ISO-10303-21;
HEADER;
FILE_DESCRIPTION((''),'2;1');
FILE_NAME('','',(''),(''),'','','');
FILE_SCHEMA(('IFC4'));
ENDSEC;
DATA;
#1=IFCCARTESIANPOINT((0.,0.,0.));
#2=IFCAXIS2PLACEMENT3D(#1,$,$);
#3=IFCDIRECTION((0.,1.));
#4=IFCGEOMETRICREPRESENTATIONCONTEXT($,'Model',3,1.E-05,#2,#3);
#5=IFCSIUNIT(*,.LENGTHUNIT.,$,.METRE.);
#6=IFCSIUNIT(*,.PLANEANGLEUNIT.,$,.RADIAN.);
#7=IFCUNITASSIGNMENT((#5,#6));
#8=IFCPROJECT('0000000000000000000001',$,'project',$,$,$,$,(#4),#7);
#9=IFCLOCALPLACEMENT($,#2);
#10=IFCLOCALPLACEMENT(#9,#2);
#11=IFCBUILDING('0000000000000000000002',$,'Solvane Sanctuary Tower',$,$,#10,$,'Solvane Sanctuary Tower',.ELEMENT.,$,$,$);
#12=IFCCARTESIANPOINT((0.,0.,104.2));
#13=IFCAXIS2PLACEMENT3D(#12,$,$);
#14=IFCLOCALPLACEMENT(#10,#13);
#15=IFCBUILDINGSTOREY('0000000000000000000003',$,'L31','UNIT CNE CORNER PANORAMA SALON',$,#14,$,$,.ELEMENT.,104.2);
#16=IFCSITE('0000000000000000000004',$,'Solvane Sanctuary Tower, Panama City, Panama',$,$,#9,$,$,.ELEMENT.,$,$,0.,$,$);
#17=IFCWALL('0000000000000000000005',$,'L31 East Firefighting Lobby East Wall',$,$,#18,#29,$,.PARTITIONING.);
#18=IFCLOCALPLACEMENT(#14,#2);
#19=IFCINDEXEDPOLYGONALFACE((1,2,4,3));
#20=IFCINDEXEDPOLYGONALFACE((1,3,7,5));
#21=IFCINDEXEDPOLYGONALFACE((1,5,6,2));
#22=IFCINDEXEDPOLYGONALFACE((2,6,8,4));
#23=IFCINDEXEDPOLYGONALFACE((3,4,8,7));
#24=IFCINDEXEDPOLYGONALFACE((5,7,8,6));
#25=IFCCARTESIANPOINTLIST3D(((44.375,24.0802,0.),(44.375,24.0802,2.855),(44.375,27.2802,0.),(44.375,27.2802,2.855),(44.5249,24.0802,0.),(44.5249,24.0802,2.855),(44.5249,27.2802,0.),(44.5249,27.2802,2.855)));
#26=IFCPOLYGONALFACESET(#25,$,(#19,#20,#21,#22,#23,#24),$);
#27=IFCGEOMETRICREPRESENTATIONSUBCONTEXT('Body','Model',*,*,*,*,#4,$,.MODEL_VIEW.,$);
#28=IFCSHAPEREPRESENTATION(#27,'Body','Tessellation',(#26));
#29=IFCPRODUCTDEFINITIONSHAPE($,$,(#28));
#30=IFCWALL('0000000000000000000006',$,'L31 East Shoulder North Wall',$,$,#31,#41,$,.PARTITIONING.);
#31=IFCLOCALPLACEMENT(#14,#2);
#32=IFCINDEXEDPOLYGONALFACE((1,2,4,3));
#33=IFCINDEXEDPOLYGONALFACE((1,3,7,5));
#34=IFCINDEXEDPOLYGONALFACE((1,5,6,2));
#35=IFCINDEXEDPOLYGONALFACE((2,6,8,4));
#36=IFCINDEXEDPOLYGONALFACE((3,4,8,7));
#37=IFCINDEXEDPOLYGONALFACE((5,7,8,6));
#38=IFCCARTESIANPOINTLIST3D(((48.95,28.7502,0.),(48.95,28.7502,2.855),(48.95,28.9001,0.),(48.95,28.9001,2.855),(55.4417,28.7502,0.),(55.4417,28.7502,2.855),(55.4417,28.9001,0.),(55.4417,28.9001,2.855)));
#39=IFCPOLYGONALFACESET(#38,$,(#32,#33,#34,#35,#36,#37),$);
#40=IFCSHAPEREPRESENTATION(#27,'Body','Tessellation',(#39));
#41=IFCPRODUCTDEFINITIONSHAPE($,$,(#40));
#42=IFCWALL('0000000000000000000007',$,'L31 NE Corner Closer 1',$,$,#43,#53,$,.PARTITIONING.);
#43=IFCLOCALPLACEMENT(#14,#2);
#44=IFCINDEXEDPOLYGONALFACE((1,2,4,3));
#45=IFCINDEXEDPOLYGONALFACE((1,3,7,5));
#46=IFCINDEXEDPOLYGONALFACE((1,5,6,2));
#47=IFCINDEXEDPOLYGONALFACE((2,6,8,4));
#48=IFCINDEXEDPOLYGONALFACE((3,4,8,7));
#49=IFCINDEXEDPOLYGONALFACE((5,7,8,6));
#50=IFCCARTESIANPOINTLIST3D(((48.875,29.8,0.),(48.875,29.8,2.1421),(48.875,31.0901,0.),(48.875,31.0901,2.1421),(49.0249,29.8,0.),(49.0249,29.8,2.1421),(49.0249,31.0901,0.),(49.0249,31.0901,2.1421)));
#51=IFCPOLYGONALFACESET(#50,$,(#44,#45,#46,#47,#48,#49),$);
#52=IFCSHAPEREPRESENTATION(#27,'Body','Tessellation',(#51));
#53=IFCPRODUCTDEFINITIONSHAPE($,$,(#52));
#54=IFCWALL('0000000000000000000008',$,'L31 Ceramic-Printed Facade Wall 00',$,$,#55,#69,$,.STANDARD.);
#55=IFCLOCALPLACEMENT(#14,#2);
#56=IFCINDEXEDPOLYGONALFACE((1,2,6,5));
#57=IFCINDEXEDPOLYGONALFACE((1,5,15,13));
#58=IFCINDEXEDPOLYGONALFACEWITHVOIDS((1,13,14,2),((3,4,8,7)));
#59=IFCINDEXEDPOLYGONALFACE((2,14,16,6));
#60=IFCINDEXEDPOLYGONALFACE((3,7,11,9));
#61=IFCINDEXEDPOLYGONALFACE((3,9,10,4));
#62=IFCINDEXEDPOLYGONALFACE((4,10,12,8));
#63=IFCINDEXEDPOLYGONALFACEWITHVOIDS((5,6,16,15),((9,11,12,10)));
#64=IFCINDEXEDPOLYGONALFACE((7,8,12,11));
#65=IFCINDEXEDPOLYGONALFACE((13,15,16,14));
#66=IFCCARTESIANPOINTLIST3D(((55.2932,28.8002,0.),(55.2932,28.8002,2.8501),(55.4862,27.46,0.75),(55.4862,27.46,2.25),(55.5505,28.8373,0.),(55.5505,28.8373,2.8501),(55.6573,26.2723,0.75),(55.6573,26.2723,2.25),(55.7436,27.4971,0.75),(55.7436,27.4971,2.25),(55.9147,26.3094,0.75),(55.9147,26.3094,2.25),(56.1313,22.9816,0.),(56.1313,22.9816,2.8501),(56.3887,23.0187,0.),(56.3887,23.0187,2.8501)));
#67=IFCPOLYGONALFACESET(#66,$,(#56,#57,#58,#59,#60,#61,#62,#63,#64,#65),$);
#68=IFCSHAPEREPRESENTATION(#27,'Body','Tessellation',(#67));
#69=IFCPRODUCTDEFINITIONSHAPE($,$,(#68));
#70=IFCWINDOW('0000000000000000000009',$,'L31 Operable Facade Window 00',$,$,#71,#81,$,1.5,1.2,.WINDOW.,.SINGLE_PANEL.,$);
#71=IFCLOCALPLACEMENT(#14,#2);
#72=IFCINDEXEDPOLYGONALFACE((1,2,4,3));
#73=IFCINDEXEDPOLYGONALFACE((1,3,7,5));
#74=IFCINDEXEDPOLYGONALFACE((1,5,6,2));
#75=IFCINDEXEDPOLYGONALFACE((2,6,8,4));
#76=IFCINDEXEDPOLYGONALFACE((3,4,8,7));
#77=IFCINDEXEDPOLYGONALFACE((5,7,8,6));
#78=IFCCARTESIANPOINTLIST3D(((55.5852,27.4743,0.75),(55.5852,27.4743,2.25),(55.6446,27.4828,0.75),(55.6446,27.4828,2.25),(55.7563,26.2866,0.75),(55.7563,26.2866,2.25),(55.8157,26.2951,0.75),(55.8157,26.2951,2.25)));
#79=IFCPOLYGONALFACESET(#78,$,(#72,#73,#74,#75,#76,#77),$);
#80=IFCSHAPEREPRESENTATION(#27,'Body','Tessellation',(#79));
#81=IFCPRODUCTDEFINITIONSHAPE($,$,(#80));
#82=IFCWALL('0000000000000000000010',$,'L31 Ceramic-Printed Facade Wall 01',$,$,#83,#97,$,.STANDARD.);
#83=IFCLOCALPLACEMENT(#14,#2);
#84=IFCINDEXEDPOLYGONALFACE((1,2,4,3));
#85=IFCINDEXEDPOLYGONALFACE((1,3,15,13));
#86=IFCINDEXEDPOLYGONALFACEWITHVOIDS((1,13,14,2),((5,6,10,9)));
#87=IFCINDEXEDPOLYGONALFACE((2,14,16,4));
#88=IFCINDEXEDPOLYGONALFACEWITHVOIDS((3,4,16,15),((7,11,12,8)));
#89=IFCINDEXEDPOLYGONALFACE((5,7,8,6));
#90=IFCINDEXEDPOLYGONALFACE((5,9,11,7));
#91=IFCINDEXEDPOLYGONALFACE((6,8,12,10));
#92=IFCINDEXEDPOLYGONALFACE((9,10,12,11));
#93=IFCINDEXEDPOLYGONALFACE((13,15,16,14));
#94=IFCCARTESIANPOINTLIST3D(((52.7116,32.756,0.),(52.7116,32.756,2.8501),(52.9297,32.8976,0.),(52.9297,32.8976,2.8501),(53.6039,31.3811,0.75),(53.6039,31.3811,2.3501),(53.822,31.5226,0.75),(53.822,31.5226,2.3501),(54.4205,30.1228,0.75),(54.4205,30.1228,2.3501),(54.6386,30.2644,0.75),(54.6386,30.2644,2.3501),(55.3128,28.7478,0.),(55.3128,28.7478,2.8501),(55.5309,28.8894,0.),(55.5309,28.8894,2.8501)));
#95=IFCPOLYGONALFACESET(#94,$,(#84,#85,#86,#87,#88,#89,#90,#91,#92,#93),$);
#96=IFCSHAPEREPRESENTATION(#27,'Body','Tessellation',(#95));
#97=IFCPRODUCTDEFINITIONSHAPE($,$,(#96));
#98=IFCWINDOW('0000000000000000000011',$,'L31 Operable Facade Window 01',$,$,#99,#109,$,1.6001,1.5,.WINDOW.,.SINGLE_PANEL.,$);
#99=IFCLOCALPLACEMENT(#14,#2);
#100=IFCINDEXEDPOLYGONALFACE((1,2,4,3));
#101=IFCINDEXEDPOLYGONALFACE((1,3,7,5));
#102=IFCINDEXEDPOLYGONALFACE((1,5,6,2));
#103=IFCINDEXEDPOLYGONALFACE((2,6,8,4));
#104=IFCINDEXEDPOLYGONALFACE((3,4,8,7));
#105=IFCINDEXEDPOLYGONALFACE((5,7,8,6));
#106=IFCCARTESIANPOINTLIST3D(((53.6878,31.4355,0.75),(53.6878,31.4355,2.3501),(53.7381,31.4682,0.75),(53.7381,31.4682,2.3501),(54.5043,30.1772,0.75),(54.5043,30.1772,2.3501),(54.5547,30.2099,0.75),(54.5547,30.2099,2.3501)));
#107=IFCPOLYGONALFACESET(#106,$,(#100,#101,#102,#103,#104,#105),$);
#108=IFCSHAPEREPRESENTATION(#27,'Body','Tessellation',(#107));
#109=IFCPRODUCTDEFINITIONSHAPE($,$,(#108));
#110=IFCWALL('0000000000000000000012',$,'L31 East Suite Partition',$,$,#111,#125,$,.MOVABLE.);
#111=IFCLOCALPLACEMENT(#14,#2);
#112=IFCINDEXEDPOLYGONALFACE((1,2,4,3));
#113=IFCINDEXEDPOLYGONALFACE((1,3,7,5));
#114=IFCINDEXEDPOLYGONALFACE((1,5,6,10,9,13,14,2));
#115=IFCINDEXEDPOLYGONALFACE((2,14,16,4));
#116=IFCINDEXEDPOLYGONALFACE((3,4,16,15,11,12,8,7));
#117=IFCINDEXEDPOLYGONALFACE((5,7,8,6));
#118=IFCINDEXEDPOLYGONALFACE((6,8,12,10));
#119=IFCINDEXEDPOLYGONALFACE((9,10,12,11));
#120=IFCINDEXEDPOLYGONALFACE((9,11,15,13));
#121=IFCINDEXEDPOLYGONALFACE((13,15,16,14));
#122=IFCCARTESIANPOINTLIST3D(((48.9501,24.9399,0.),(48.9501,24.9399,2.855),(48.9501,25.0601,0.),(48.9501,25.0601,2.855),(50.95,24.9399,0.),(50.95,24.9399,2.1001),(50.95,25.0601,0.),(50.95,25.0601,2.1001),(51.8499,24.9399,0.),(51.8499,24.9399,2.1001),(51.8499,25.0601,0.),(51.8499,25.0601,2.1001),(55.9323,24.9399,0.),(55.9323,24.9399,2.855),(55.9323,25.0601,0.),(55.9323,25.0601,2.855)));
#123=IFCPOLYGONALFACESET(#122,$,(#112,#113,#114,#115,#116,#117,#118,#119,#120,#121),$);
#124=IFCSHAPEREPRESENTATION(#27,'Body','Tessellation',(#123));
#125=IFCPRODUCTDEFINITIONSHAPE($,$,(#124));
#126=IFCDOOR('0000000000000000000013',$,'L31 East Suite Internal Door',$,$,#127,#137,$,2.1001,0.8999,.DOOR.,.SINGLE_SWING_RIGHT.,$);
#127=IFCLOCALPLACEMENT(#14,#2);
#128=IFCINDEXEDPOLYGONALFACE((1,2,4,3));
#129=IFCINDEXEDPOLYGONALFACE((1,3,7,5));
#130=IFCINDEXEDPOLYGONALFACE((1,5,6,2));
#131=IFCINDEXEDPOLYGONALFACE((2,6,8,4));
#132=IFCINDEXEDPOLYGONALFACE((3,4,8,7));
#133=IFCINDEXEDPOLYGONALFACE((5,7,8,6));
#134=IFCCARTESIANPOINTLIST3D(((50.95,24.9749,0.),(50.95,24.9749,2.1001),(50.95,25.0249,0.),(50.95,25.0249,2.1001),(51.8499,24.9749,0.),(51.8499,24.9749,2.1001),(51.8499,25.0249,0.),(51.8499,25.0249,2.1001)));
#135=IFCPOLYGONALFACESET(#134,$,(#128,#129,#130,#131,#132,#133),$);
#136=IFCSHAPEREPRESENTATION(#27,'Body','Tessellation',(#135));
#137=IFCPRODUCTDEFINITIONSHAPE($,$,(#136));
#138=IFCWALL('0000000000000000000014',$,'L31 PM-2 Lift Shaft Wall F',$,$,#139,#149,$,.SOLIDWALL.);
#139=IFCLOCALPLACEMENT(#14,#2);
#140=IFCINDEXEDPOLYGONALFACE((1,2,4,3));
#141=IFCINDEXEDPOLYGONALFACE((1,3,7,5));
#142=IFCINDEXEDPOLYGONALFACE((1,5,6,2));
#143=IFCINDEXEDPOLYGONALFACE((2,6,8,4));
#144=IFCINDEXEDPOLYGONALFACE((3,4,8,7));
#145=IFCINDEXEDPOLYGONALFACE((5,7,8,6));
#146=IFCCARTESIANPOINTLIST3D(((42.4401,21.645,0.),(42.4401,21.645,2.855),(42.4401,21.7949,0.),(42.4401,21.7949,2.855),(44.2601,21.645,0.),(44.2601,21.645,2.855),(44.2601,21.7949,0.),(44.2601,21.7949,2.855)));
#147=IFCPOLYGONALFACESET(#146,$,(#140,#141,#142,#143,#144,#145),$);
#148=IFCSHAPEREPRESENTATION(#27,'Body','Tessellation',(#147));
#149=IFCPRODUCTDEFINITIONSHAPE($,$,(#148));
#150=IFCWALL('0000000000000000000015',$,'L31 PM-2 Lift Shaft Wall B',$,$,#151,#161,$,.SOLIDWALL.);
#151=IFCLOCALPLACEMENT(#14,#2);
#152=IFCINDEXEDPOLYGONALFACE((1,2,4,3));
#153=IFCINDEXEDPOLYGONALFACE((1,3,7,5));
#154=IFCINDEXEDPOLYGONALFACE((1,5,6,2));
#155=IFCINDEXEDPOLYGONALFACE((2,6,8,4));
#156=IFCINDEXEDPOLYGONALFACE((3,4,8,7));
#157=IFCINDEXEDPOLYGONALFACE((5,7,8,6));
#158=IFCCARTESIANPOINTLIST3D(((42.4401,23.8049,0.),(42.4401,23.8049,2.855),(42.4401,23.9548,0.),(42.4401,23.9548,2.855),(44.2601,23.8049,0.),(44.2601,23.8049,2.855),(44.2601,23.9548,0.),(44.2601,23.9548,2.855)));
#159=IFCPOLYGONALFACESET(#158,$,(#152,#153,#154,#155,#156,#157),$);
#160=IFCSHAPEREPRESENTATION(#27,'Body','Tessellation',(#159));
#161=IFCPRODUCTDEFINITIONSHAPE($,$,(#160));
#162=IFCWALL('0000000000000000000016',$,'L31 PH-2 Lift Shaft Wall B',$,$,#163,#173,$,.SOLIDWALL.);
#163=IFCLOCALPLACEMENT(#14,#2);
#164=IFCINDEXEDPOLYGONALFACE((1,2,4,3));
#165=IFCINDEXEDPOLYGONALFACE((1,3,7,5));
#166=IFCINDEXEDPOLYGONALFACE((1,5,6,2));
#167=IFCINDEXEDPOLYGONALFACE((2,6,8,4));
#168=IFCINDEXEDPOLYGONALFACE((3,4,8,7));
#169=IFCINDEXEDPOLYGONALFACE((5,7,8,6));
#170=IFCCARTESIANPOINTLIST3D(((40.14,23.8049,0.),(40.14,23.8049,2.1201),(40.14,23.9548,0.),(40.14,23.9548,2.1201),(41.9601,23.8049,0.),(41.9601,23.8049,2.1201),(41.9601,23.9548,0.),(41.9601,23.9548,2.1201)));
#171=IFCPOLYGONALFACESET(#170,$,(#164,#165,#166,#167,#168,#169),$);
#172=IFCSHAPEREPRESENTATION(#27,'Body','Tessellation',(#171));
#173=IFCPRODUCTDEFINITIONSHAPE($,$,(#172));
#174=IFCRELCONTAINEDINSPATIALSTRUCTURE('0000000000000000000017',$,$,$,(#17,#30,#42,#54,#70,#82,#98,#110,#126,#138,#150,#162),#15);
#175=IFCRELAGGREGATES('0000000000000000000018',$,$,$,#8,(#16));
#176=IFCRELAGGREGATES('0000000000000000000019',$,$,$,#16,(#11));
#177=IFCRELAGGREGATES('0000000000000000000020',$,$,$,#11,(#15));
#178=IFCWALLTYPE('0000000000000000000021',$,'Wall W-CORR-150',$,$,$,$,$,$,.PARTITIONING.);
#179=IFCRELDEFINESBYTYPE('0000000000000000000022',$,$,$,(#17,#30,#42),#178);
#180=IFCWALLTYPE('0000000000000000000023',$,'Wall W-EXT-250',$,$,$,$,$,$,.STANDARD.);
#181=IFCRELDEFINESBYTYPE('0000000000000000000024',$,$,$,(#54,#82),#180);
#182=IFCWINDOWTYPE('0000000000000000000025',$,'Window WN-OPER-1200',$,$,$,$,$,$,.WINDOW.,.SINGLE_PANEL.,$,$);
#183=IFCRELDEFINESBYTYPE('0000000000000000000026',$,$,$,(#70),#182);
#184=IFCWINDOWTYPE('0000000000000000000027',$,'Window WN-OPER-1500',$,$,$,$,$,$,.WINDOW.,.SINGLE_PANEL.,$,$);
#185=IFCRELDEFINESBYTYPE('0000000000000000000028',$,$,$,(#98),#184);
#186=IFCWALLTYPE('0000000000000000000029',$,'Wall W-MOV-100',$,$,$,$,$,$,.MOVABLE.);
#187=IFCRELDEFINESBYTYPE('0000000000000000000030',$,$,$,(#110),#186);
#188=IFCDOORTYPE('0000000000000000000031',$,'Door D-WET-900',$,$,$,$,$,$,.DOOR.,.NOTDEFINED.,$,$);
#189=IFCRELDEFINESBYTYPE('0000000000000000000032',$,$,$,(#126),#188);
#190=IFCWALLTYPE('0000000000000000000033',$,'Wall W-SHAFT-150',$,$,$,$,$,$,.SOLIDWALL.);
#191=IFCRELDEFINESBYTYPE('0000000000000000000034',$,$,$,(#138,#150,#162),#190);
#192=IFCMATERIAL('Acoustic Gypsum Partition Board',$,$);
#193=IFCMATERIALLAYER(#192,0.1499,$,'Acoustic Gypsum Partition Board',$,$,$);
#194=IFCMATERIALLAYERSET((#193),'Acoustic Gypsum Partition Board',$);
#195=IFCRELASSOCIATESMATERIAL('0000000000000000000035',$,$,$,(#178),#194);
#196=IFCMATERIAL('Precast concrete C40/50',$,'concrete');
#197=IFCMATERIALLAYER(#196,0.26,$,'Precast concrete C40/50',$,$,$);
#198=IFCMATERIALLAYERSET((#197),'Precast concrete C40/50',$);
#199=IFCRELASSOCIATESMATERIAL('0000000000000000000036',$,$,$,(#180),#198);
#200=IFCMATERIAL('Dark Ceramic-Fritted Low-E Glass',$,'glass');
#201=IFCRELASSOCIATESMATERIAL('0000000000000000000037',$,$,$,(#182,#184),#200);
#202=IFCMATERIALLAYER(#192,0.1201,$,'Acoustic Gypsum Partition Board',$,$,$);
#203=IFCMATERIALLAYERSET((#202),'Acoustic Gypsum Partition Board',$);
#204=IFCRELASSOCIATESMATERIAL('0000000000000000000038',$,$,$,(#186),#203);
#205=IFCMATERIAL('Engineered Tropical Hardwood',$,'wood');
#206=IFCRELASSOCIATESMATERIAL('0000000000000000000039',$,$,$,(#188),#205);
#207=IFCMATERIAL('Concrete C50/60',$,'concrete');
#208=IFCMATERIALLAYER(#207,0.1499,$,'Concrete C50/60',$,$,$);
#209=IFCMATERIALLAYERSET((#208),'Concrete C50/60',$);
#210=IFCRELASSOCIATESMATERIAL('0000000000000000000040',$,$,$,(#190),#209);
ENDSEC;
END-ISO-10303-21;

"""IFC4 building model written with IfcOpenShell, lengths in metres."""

from ifc_helpers import new_model, si_unit, direction, frame, frame_2d, origin, place, context, subcontext, project, spatial, rectangle, extrude, material, layer, layer_set, type_object, element, fill, save


model = new_model("IFC4")

# Units and contexts
model_context = context("Model", 3, precision=1e-05, world=origin(), true_north=direction((0.0, 1.0)))
body_context = subcontext(model_context, "Body", "Model", "MODEL_VIEW")
ifc_project = project(units=[si_unit("LENGTHUNIT", "METRE"), si_unit("PLANEANGLEUNIT", "RADIAN")], contexts=[model_context])

# Site, building, storey
site_placement = place(None, origin())
site = spatial("IfcSite", under=ifc_project, at=site_placement, Name="Solvane Sanctuary Tower, Panama City, Panama", CompositionType="ELEMENT", RefElevation=0.0)
building_placement = place(site_placement, origin())
building = spatial("IfcBuilding", under=site, at=building_placement, Name="Solvane Sanctuary Tower", LongName="Solvane Sanctuary Tower", CompositionType="ELEMENT")
storey_placement = place(building_placement, frame((0.0, 0.0, 104.2)))
storey = spatial("IfcBuildingStorey", under=building, at=storey_placement, Name="L31", Description="UNIT CNE CORNER PANORAMA SALON", CompositionType="ELEMENT", Elevation=104.2)

# Walls
ifc_material_1 = material(Name="Acoustic Gypsum Partition Board")
ifc_layer_1 = layer(ifc_material_1, 0.1499, Name="Acoustic Gypsum Partition Board")
ifc_layer_set_1 = layer_set([ifc_layer_1], Name="Acoustic Gypsum Partition Board")
wall_type_1 = type_object("IfcWallType", Name="Wall W-CORR-150", PredefinedType="PARTITIONING", material=ifc_layer_set_1)
wall_1_placement = place(storey_placement, frame((44.45, 24.0801, 0.0), z_axis=(0.0, 0.0, 1.0), x_axis=(0.0, 1.0, 0.0)))
element("IfcWall", 1, at=wall_1_placement, inside=storey, type_object=wall_type_1, Name="L31 East Firefighting Lobby East Wall", PredefinedType="PARTITIONING", context=body_context, shape_type="SweptSolid", body=[
    extrude(rectangle(XDim=3.2, YDim=0.1499, at=frame_2d((1.6001, 0.0))), origin(), (0.0, 0.0, 1.0), 2.855),
])
wall_2_placement = place(storey_placement, frame((48.95, 28.8252, 0.0), z_axis=(0.0, 0.0, 1.0), x_axis=(1.0, 0.0, 0.0)))
element("IfcWall", 2, at=wall_2_placement, inside=storey, type_object=wall_type_1, Name="L31 East Shoulder North Wall", PredefinedType="PARTITIONING", context=body_context, shape_type="SweptSolid", body=[
    extrude(rectangle(XDim=6.4917, YDim=0.1499, at=frame_2d((3.2458, 0.0))), origin(), (0.0, 0.0, 1.0), 2.855),
])
wall_3_placement = place(storey_placement, frame((48.95, 29.8, 0.0), z_axis=(0.0, 0.0, 1.0), x_axis=(0.0, 1.0, 0.0)))
element("IfcWall", 3, at=wall_3_placement, inside=storey, type_object=wall_type_1, Name="L31 NE Corner Closer 1", PredefinedType="PARTITIONING", context=body_context, shape_type="SweptSolid", body=[
    extrude(rectangle(XDim=1.29, YDim=0.1499, at=frame_2d((0.645, 0.0))), origin(), (0.0, 0.0, 1.0), 2.1421),
])

# Walls, openings, windows
ifc_material_2 = material(Name="Precast concrete C40/50", Category="concrete")
ifc_layer_2 = layer(ifc_material_2, 0.26, Name="Precast concrete C40/50")
ifc_layer_set_2 = layer_set([ifc_layer_2], Name="Precast concrete C40/50")
wall_type_2 = type_object("IfcWallType", Name="Wall W-EXT-250", PredefinedType="STANDARD", material=ifc_layer_set_2)
wall_4_placement = place(storey_placement, frame((56.26, 23.0, 0.0), z_axis=(0.0, 0.0, 1.0), x_axis=(-0.142572, 0.989784, 0.0)))
wall_4 = element("IfcWall", 4, at=wall_4_placement, inside=storey, type_object=wall_type_2, Name="L31 Ceramic-Printed Facade Wall 00", PredefinedType="STANDARD", context=body_context, shape_type="SweptSolid", body=[
    extrude(rectangle(XDim=5.8787, YDim=0.26, at=frame_2d((2.9395, 0.0))), origin(), (0.0, 0.0, 1.0), 2.8501),
])
opening_1_placement = place(wall_4_placement, frame((3.3247, 0.0, 0.75)))
opening_1 = element("IfcOpeningElement", 5, at=opening_1_placement, cuts=wall_4, PredefinedType="OPENING", context=body_context, shape_type="SweptSolid", body=[
    extrude(rectangle(XDim=1.2, YDim=1.5, at=frame_2d((0.6001, 0.75))), frame((0.0, 0.1399, 0.0), z_axis=(0.0, -1.0, 0.0), x_axis=(1.0, 0.0, 0.0)), (0.0, 0.0, 1.0), 0.28),
])
ifc_material_3 = material(Name="Dark Ceramic-Fritted Low-E Glass", Category="glass")
window_type_1 = type_object("IfcWindowType", Name="Window WN-OPER-1200", PartitioningType="SINGLE_PANEL", PredefinedType="WINDOW", material=ifc_material_3)
window_1_placement = place(opening_1_placement, origin())
window_1 = element("IfcWindow", 6, at=window_1_placement, inside=storey, type_object=window_type_1, Name="L31 Operable Facade Window 00", OverallHeight=1.5, OverallWidth=1.2, PartitioningType="SINGLE_PANEL", PredefinedType="WINDOW", context=body_context, shape_type="SweptSolid", body=[
    extrude(rectangle(XDim=1.2, YDim=1.5, at=frame_2d((0.6001, 0.75))), frame((0.0, 0.03, 0.0), z_axis=(0.0, -1.0, 0.0), x_axis=(1.0, 0.0, 0.0)), (0.0, 0.0, 1.0), 0.0601),
])
fill(opening_1, window_1)
wall_5_placement = place(storey_placement, frame((55.4219, 28.8186, 0.0), z_axis=(0.0, 0.0, 1.0), x_axis=(-0.544388, 0.838833, 0.0)))
wall_5 = element("IfcWall", 7, at=wall_5_placement, inside=storey, type_object=wall_type_2, Name="L31 Ceramic-Printed Facade Wall 01", PredefinedType="STANDARD", context=body_context, shape_type="SweptSolid", body=[
    extrude(rectangle(XDim=4.7783, YDim=0.26, at=frame_2d((2.3892, 0.0))), origin(), (0.0, 0.0, 1.0), 2.8501),
])
opening_2_placement = place(wall_5_placement, frame((1.6392, 0.0, 0.75)))
opening_2 = element("IfcOpeningElement", 8, at=opening_2_placement, cuts=wall_5, PredefinedType="OPENING", context=body_context, shape_type="SweptSolid", body=[
    extrude(rectangle(XDim=1.5, YDim=1.6001, at=frame_2d((0.75, 0.8))), frame((0.0, 0.1399, 0.0), z_axis=(0.0, -1.0, 0.0), x_axis=(1.0, 0.0, 0.0)), (0.0, 0.0, 1.0), 0.28),
])
window_type_2 = type_object("IfcWindowType", Name="Window WN-OPER-1500", PartitioningType="SINGLE_PANEL", PredefinedType="WINDOW", material=ifc_material_3)
window_2_placement = place(opening_2_placement, origin())
window_2 = element("IfcWindow", 9, at=window_2_placement, inside=storey, type_object=window_type_2, Name="L31 Operable Facade Window 01", OverallHeight=1.6001, OverallWidth=1.5, PartitioningType="SINGLE_PANEL", PredefinedType="WINDOW", context=body_context, shape_type="SweptSolid", body=[
    extrude(rectangle(XDim=1.5, YDim=1.6001, at=frame_2d((0.75, 0.8))), frame((0.0, 0.03, 0.0), z_axis=(0.0, -1.0, 0.0), x_axis=(1.0, 0.0, 0.0)), (0.0, 0.0, 1.0), 0.0601),
])
fill(opening_2, window_2)

# Wall, opening, door
ifc_layer_3 = layer(ifc_material_1, 0.1201, Name="Acoustic Gypsum Partition Board")
ifc_layer_set_3 = layer_set([ifc_layer_3], Name="Acoustic Gypsum Partition Board")
wall_type_3 = type_object("IfcWallType", Name="Wall W-MOV-100", PredefinedType="MOVABLE", material=ifc_layer_set_3)
wall_6_placement = place(storey_placement, frame((48.95, 25.0, 0.0), z_axis=(0.0, 0.0, 1.0), x_axis=(1.0, 0.0, 0.0)))
wall_6 = element("IfcWall", 10, at=wall_6_placement, inside=storey, type_object=wall_type_3, Name="L31 East Suite Partition", PredefinedType="MOVABLE", context=body_context, shape_type="SweptSolid", body=[
    extrude(rectangle(XDim=6.9822, YDim=0.1201, at=frame_2d((3.4912, 0.0))), origin(), (0.0, 0.0, 1.0), 2.855),
])
opening_3_placement = place(wall_6_placement, frame((2.0, 0.0, 0.0)))
opening_3 = element("IfcOpeningElement", 11, at=opening_3_placement, cuts=wall_6, PredefinedType="OPENING", context=body_context, shape_type="SweptSolid", body=[
    extrude(rectangle(XDim=0.8999, YDim=2.1001, at=frame_2d((0.45, 1.05))), frame((0.0, 0.0701, 0.0), z_axis=(0.0, -1.0, 0.0), x_axis=(1.0, 0.0, 0.0)), (0.0, 0.0, 1.0), 0.1401),
])
ifc_material_4 = material(Name="Engineered Tropical Hardwood", Category="wood")
door_type_1 = type_object("IfcDoorType", Name="Door D-WET-900", OperationType="NOTDEFINED", PredefinedType="DOOR", material=ifc_material_4)
door_1_placement = place(opening_3_placement, origin())
door_1 = element("IfcDoor", 12, at=door_1_placement, inside=storey, type_object=door_type_1, Name="L31 East Suite Internal Door", OperationType="SINGLE_SWING_RIGHT", OverallHeight=2.1001, OverallWidth=0.8999, PredefinedType="DOOR", context=body_context, shape_type="SweptSolid", body=[
    extrude(rectangle(XDim=0.8999, YDim=2.1001, at=frame_2d((0.45, 1.05))), frame((0.0, 0.0249, 0.0), z_axis=(0.0, -1.0, 0.0), x_axis=(1.0, 0.0, 0.0)), (0.0, 0.0, 1.0), 0.05),
])
fill(opening_3, door_1)

# Walls
ifc_material_5 = material(Name="Concrete C50/60", Category="concrete")
ifc_layer_4 = layer(ifc_material_5, 0.1499, Name="Concrete C50/60")
ifc_layer_set_4 = layer_set([ifc_layer_4], Name="Concrete C50/60")
wall_type_4 = type_object("IfcWallType", Name="Wall W-SHAFT-150", PredefinedType="SOLIDWALL", material=ifc_layer_set_4)
for number, where, z_axis, x_axis, name in (
    (13, (42.4399, 21.72, 0.0), (0.0, 0.0, 1.0), (1.0, 0.0, 0.0), "L31 PM-2 Lift Shaft Wall F"),
    (14, (42.4399, 23.8799, 0.0), (0.0, 0.0, 1.0), (1.0, 0.0, 0.0), "L31 PM-2 Lift Shaft Wall B"),
):
    element("IfcWall", number, at=place(storey_placement, frame(where, z_axis=z_axis, x_axis=x_axis)), inside=storey, type_object=wall_type_4, Name=name, PredefinedType="SOLIDWALL", context=body_context, shape_type="SweptSolid", body=[
        extrude(rectangle(XDim=1.8201, YDim=0.1499, at=frame_2d((0.9102, 0.0))), origin(), (0.0, 0.0, 1.0), 2.855),
    ])
wall_7_placement = place(storey_placement, frame((40.1399, 23.8799, 0.0), z_axis=(0.0, 0.0, 1.0), x_axis=(1.0, 0.0, 0.0)))
element("IfcWall", 15, at=wall_7_placement, inside=storey, type_object=wall_type_4, Name="L31 PH-2 Lift Shaft Wall B", PredefinedType="SOLIDWALL", context=body_context, shape_type="SweptSolid", body=[
    extrude(rectangle(XDim=1.8201, YDim=0.1499, at=frame_2d((0.9102, 0.0))), origin(), (0.0, 0.0, 1.0), 2.1201),
])

save(model, "model.ifc")
